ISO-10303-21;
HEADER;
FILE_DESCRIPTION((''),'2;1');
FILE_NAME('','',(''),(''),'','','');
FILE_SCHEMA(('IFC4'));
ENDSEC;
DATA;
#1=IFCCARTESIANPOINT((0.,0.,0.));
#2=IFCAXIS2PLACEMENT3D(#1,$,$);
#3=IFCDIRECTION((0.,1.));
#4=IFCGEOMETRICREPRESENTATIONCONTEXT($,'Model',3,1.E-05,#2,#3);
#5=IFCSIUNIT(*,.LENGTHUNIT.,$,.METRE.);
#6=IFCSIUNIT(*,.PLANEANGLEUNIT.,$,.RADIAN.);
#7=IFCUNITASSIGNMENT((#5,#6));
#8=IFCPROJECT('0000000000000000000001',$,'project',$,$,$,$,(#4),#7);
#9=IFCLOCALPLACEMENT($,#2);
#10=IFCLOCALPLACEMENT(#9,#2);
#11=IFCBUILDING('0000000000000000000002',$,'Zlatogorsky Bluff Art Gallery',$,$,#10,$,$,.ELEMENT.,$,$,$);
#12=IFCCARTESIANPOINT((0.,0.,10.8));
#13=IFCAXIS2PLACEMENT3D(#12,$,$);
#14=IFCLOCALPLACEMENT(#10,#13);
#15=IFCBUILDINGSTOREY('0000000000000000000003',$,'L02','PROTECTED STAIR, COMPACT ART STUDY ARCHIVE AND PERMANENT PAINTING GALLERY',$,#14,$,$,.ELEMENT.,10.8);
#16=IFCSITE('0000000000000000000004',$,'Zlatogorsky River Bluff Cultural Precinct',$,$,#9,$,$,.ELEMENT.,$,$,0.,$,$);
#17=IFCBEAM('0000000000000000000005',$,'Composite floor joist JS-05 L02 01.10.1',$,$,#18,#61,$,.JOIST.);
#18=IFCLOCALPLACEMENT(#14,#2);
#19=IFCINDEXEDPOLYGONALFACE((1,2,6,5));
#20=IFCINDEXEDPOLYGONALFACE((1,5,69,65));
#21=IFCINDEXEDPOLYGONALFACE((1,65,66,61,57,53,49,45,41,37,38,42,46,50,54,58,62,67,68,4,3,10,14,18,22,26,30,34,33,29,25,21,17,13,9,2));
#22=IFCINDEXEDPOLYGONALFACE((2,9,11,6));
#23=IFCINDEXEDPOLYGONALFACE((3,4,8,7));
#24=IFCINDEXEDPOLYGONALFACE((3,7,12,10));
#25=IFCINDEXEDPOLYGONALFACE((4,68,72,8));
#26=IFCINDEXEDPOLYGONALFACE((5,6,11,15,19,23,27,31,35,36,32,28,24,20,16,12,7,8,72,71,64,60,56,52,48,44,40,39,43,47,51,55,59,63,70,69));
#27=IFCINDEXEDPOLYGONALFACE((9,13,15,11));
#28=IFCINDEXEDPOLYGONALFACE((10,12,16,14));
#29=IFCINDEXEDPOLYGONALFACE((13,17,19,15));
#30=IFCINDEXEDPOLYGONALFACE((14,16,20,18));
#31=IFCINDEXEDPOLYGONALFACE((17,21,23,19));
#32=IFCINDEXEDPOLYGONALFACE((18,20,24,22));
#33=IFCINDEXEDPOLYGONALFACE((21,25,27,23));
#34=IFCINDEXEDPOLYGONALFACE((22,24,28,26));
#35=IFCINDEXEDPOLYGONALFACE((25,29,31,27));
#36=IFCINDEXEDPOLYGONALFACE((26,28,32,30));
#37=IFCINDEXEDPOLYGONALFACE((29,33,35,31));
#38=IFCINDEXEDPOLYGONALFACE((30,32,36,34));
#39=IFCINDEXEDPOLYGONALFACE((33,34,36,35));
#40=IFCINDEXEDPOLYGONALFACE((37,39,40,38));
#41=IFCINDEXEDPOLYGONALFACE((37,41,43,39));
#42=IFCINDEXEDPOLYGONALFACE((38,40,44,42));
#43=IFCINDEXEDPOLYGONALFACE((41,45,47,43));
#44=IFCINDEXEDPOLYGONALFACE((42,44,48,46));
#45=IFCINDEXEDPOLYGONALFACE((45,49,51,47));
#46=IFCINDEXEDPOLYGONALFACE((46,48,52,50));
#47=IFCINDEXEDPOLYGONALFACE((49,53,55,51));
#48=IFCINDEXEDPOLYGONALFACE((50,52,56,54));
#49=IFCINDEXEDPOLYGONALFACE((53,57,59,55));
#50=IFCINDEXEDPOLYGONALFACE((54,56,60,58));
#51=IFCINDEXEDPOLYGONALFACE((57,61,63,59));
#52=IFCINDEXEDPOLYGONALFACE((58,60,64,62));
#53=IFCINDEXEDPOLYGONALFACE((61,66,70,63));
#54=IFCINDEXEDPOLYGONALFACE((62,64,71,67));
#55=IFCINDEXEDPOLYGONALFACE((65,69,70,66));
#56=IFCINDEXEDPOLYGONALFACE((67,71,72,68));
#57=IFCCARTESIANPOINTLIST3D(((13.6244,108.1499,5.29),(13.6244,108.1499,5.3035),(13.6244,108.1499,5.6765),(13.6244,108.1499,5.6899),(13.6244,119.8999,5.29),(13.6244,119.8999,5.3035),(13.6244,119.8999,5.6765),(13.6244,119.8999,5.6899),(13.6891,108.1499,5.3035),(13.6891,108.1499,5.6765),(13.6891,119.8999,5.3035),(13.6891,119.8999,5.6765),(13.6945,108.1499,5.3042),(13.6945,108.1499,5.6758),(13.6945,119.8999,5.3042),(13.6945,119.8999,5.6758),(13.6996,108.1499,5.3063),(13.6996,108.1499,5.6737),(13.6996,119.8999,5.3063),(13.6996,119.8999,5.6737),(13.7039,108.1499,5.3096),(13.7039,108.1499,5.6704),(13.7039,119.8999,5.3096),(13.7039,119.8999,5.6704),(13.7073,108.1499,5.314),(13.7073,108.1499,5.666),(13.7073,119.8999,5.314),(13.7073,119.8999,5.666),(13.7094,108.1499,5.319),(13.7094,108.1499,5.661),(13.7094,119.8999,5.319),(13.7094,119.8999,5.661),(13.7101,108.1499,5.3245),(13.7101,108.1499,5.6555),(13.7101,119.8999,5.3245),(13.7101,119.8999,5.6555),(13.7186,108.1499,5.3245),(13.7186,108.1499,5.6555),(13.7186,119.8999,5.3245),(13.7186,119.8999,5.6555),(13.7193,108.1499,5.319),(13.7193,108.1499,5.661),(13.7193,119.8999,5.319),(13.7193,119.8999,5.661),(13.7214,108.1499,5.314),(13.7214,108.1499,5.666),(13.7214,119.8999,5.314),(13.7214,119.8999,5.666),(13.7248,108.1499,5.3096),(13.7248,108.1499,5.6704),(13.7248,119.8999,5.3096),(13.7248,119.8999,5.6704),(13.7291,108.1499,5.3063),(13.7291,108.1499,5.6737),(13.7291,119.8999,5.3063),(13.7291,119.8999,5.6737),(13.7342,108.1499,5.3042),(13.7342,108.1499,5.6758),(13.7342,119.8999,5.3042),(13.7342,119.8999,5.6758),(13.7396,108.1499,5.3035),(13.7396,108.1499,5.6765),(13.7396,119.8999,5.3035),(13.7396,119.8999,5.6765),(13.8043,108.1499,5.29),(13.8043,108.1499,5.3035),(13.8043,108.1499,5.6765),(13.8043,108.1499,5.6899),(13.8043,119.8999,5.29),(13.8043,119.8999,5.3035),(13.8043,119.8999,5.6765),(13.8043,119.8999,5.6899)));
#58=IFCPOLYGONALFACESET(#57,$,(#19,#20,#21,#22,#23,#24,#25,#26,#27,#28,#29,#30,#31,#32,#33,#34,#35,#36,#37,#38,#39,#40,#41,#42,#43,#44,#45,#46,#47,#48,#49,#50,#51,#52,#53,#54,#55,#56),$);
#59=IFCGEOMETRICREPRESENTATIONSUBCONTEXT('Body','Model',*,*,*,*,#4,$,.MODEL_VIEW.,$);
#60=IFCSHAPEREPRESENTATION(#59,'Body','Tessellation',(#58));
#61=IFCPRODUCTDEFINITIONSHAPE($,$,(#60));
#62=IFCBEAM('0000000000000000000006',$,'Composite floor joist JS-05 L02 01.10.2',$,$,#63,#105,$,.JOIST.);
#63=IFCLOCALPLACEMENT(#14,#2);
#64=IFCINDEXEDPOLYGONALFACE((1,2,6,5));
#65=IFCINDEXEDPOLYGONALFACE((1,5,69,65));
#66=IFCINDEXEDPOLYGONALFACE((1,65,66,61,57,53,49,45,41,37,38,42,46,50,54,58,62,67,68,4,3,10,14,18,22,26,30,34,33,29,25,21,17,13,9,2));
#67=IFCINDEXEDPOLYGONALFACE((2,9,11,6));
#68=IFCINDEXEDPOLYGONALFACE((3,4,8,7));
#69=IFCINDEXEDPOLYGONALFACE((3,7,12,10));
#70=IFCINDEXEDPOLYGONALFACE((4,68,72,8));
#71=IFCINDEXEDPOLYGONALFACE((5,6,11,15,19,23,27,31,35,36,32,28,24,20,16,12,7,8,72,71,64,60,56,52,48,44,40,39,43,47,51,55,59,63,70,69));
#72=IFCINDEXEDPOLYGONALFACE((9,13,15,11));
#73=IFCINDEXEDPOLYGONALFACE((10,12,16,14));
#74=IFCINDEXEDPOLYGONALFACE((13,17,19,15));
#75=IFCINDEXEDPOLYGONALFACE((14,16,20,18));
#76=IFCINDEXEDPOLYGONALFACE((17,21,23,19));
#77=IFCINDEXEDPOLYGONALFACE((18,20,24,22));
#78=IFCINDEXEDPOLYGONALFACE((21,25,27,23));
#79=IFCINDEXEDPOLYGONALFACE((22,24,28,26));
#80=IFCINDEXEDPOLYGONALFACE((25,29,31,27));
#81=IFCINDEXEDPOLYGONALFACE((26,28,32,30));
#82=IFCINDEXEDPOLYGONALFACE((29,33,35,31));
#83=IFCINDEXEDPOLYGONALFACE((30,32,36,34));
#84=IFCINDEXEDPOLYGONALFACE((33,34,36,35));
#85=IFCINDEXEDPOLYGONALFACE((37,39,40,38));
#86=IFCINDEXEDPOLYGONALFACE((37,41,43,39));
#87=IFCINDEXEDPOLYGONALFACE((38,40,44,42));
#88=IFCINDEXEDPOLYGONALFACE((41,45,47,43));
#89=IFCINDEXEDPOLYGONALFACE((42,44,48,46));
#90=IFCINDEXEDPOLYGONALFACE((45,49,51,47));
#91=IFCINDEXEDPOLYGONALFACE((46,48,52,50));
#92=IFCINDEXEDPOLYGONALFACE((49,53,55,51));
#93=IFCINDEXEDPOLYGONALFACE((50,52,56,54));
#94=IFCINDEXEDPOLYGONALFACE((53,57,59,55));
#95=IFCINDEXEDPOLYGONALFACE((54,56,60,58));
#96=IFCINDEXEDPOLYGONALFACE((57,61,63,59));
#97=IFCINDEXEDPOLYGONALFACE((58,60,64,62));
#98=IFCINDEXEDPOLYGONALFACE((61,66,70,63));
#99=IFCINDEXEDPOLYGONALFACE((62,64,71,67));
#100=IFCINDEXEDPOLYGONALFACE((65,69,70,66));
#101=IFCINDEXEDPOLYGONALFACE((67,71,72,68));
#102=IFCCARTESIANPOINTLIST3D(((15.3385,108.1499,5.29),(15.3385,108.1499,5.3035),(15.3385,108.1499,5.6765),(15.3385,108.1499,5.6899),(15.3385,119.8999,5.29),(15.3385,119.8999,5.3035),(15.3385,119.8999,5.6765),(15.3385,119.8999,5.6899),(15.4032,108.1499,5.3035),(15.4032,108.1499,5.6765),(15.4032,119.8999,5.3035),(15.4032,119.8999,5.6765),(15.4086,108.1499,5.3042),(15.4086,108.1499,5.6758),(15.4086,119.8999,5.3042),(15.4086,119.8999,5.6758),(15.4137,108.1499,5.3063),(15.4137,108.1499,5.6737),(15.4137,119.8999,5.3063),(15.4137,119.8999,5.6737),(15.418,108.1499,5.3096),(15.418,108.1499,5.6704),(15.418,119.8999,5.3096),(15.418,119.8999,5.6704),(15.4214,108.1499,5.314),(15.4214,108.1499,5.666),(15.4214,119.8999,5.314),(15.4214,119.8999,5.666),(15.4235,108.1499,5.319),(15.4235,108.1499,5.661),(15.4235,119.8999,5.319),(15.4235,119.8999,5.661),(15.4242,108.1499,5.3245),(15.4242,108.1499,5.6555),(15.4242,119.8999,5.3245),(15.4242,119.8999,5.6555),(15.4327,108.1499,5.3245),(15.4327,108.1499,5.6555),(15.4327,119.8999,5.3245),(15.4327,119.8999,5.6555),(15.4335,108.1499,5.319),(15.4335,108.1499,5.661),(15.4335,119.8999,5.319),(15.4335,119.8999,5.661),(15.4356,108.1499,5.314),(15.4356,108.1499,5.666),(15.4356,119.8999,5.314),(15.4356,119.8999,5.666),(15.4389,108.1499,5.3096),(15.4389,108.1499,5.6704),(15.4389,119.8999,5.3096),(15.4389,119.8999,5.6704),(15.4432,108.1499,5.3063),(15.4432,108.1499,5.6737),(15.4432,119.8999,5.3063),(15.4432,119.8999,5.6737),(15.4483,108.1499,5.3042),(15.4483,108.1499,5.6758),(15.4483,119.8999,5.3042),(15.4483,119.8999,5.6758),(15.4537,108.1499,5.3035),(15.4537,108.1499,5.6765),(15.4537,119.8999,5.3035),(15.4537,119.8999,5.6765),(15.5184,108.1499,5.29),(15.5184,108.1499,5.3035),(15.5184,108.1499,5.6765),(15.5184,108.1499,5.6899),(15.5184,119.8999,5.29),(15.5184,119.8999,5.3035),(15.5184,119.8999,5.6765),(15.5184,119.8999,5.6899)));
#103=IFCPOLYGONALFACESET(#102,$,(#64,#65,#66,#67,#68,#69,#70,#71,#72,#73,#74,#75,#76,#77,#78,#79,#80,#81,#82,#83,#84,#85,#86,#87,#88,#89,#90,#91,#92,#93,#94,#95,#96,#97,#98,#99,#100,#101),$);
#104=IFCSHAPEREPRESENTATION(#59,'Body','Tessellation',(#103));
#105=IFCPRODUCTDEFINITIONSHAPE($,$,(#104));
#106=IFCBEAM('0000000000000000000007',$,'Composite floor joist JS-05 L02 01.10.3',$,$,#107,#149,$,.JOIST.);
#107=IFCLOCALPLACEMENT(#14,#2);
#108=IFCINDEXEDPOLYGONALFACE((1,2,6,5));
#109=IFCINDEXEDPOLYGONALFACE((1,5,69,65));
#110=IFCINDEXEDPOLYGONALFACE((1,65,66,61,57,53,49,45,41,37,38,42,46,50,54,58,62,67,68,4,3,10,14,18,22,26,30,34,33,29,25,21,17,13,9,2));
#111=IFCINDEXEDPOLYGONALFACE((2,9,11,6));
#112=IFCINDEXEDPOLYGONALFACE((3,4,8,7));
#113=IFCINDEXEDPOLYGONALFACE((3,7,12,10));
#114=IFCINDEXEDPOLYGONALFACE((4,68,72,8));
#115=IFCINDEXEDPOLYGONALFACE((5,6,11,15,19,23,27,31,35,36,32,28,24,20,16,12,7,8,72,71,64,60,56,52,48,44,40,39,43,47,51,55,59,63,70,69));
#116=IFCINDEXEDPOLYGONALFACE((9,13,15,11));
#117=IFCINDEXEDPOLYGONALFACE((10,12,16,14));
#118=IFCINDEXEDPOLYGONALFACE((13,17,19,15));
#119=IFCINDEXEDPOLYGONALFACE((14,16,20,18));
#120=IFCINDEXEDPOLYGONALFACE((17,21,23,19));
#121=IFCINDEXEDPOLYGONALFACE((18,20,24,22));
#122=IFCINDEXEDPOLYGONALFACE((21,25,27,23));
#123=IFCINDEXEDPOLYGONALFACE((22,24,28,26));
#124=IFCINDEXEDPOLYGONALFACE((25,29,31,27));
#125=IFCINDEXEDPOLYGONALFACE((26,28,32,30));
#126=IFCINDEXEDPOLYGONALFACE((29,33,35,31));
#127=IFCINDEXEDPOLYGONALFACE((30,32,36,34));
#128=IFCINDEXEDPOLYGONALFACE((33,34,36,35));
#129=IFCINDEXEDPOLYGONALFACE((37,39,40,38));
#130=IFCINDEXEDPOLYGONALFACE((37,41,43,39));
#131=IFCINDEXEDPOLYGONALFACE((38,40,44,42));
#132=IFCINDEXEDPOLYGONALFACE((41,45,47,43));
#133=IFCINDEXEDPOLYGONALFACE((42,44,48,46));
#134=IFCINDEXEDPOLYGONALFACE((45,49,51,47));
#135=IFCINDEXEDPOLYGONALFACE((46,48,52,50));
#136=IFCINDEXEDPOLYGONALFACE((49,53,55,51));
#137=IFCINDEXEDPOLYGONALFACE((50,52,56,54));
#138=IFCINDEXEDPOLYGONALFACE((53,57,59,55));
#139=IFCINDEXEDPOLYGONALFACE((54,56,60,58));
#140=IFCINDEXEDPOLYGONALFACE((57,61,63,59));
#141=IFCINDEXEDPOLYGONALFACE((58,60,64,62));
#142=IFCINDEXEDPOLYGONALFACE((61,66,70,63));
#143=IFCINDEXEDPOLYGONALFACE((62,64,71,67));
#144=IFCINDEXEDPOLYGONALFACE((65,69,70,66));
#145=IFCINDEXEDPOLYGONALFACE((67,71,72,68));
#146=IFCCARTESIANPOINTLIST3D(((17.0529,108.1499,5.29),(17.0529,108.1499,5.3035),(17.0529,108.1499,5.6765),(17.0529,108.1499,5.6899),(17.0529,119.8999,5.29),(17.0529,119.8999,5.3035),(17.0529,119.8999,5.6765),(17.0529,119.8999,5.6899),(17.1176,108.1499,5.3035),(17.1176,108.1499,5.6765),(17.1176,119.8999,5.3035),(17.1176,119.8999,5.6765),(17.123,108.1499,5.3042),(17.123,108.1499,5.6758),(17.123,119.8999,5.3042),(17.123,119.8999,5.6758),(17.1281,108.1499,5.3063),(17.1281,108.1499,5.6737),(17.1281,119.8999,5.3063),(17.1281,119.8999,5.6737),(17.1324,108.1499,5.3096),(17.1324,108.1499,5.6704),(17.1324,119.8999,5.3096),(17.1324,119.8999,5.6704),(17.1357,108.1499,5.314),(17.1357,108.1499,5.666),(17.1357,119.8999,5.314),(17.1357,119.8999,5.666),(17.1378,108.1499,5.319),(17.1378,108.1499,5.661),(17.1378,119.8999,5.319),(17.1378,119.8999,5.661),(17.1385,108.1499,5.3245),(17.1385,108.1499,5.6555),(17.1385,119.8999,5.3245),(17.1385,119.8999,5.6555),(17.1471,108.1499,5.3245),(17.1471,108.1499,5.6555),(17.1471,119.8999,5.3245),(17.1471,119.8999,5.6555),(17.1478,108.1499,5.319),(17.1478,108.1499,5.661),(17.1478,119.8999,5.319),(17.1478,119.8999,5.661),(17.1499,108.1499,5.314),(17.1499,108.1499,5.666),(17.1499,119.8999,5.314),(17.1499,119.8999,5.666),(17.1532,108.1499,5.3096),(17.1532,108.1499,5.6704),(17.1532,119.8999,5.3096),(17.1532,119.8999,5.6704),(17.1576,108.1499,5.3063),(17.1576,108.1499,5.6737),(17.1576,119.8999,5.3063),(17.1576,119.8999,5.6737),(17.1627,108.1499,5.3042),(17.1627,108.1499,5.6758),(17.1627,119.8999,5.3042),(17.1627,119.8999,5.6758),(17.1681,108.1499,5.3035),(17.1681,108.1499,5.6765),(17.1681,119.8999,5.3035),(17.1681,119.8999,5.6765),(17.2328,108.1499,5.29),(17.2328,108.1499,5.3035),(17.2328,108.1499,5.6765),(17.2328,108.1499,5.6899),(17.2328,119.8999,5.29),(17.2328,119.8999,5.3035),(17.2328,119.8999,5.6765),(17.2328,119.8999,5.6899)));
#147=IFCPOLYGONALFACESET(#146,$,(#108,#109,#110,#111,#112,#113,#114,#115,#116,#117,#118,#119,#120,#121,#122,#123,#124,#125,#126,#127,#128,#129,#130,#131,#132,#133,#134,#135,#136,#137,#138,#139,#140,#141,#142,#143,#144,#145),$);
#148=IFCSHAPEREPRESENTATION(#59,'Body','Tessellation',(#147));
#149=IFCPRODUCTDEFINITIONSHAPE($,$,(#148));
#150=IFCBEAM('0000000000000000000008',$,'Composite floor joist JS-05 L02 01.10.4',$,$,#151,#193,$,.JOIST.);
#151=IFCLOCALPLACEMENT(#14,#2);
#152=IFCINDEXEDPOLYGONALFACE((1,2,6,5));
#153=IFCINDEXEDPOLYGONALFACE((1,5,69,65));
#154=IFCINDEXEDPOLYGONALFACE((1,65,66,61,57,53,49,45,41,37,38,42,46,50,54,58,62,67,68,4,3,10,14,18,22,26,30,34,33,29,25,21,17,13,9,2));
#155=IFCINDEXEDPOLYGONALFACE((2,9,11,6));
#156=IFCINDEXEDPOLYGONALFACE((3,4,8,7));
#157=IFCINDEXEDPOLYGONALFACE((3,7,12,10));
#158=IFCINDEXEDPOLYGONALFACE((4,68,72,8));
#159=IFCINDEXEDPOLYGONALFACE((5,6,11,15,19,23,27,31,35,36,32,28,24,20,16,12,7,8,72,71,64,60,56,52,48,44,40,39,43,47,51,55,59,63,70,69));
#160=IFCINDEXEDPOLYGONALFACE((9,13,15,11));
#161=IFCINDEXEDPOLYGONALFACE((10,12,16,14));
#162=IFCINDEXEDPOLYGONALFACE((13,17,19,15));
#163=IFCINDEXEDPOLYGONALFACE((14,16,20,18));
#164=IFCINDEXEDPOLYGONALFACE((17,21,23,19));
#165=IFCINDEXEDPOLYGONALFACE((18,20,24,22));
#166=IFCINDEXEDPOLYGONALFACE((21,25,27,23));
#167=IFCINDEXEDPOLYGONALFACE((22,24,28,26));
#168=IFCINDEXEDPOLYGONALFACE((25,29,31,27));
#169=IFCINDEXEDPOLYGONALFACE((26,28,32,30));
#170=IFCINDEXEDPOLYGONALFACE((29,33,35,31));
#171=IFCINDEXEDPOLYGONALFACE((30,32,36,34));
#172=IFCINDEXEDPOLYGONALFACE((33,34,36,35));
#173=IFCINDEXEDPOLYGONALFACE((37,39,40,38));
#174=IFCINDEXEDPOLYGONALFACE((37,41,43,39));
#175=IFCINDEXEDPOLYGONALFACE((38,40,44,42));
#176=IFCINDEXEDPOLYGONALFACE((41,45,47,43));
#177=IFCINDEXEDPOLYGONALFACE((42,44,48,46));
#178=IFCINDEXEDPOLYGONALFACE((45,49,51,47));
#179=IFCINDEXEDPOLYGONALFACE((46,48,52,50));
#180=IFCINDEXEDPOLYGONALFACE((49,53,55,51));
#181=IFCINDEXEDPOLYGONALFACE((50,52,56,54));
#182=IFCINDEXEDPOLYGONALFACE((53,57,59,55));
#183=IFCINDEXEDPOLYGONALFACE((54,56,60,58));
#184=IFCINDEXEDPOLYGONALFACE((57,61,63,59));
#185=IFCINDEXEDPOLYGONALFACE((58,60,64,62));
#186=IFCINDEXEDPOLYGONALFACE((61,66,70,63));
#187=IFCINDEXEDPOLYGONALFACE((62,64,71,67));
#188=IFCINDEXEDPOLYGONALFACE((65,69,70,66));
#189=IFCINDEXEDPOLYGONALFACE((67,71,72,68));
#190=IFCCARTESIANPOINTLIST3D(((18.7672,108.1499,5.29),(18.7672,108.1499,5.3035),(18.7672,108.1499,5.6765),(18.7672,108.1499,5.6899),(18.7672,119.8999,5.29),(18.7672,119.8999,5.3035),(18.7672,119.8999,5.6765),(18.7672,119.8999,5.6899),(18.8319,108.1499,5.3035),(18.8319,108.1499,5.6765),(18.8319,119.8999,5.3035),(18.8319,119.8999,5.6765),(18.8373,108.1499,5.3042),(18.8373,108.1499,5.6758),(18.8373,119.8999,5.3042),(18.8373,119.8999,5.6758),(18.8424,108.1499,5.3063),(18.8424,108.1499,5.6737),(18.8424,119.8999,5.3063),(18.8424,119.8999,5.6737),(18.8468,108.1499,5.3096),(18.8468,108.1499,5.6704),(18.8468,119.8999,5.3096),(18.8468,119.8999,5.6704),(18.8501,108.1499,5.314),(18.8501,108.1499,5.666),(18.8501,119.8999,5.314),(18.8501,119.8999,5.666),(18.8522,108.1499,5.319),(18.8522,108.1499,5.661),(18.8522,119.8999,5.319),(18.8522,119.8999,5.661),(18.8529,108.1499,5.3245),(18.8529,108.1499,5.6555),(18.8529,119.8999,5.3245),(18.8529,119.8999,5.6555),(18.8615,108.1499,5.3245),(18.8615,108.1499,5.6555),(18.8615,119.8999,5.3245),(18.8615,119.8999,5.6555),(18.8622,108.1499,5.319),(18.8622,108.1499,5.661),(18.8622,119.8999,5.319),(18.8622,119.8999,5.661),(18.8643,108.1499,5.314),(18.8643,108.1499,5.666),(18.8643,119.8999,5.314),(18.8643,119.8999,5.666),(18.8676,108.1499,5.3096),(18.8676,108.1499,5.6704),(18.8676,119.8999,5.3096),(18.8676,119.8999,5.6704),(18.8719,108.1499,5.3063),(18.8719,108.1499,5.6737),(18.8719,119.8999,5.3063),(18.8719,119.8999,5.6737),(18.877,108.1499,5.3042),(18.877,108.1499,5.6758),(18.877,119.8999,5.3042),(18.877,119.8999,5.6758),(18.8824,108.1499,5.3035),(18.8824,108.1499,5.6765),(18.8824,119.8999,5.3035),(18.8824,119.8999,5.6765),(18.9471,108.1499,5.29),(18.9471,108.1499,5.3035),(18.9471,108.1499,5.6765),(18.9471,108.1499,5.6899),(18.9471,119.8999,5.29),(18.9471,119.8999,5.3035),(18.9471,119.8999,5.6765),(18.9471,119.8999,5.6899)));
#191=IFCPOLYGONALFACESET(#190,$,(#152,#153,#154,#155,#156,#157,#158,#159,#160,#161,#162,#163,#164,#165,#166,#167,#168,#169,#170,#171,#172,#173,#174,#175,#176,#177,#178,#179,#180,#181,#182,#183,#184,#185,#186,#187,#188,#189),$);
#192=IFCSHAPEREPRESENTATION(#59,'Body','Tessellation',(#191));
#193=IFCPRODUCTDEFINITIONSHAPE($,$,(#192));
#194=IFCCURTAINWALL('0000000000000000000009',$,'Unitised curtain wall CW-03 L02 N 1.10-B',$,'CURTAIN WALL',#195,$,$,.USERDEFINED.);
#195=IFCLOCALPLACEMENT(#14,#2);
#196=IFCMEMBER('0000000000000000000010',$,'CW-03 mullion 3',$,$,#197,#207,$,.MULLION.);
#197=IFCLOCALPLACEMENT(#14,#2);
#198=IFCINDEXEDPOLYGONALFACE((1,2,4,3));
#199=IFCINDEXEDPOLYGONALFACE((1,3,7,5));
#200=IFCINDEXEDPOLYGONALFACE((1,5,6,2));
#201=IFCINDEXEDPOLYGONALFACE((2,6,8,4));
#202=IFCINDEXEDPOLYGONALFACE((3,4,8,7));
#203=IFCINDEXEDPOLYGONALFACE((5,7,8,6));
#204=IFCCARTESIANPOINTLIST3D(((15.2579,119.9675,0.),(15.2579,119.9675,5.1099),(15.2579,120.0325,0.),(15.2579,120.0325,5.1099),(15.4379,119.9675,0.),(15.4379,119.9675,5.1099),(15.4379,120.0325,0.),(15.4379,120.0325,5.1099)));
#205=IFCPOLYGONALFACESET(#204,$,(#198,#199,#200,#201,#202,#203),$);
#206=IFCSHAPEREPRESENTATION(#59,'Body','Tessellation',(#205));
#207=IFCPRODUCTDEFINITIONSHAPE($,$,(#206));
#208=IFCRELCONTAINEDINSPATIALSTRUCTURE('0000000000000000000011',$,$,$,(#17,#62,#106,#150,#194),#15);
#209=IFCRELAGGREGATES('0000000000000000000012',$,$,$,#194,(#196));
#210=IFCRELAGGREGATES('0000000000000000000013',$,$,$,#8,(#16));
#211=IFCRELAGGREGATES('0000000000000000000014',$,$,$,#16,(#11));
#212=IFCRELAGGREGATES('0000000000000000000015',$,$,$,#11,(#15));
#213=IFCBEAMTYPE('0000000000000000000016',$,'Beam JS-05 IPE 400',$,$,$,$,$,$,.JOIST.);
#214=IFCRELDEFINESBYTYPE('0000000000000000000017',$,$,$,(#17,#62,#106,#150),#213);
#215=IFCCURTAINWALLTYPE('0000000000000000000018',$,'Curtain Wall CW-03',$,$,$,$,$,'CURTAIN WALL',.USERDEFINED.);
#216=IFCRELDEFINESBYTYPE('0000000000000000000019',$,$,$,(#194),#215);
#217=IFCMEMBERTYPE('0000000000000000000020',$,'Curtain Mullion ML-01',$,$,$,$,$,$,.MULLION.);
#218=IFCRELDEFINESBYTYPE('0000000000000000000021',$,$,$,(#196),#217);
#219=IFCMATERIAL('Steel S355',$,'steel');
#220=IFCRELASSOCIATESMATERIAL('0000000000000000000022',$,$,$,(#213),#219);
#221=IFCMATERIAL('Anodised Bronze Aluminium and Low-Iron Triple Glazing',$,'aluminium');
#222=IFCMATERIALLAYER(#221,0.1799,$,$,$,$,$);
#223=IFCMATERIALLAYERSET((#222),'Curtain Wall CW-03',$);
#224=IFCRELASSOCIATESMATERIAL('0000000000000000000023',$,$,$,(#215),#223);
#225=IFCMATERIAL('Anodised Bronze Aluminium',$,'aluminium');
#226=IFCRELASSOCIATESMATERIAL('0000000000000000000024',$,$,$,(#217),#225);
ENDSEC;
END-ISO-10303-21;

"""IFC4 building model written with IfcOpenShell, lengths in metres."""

from ifc_helpers import new_model, si_unit, direction, frame, origin, origin_2d, place, context, subcontext, project, spatial, rectangle, i_section, extrude, material, layer, layer_set, material_profile, profile_set, type_object, element, aggregate, save


model = new_model("IFC4")

# Units and contexts
model_context = context("Model", 3, precision=1e-05, world=origin(), true_north=direction((0.0, 1.0)))
body_context = subcontext(model_context, "Body", "Model", "MODEL_VIEW")
ifc_project = project(units=[si_unit("LENGTHUNIT", "METRE"), si_unit("PLANEANGLEUNIT", "RADIAN")], contexts=[model_context])

# Site, building, storey
site_placement = place(None, origin())
site = spatial("IfcSite", under=ifc_project, at=site_placement, Name="Zlatogorsky River Bluff Cultural Precinct", CompositionType="ELEMENT", RefElevation=0.0)
building_placement = place(site_placement, origin())
building = spatial("IfcBuilding", under=site, at=building_placement, Name="Zlatogorsky Bluff Art Gallery", CompositionType="ELEMENT")
storey_placement = place(building_placement, frame((0.0, 0.0, 10.8)))
storey = spatial("IfcBuildingStorey", under=building, at=storey_placement, Name="L02", Description="PROTECTED STAIR, COMPACT ART STUDY ARCHIVE AND PERMANENT PAINTING GALLERY", CompositionType="ELEMENT", Elevation=10.8)

# Beams
ifc_material_1 = material(Name="Steel S355", Category="steel")
ifc_material_profile_1 = material_profile(ifc_material_1, i_section(OverallWidth=0.1799, OverallDepth=0.3999, WebThickness=0.0085, FlangeThickness=0.0134, FilletRadius=0.021, at=origin_2d()), Name="IPE 400")
ifc_profile_set_1 = profile_set([ifc_material_profile_1], Name="Steel S355")
beam_type = type_object("IfcBeamType", Name="Beam JS-05 IPE 400", PredefinedType="JOIST", material=ifc_profile_set_1)
for number, where, z_axis, x_axis, name in (
    (1, (13.7144, 108.1499, 5.49), (0.0, 1.0, 0.0), (-1.0, 0.0, 0.0), "Composite floor joist JS-05 L02 01.10.1"),
    (2, (15.4285, 108.1499, 5.49), (0.0, 1.0, 0.0), (-1.0, 0.0, 0.0), "Composite floor joist JS-05 L02 01.10.2"),
    (3, (17.1428, 108.1499, 5.49), (0.0, 1.0, 0.0), (-1.0, 0.0, 0.0), "Composite floor joist JS-05 L02 01.10.3"),
    (4, (18.8572, 108.1499, 5.49), (0.0, 1.0, 0.0), (-1.0, 0.0, 0.0), "Composite floor joist JS-05 L02 01.10.4"),
):
    element("IfcBeam", number, at=place(storey_placement, frame(where, z_axis=z_axis, x_axis=x_axis)), inside=storey, type_object=beam_type, Name=name, PredefinedType="JOIST", context=body_context, shape_type="SweptSolid", body=[
        extrude(i_section(OverallWidth=0.1799, OverallDepth=0.3999, WebThickness=0.0085, FlangeThickness=0.0134, FilletRadius=0.021, at=origin_2d()), origin(), (0.0, 0.0, 1.0), 11.75),
    ])

# Curtain wall, member
ifc_material_2 = material(Name="Anodised Bronze Aluminium and Low-Iron Triple Glazing", Category="aluminium")
ifc_layer_1 = layer(ifc_material_2, 0.1799)
ifc_layer_set_1 = layer_set([ifc_layer_1], Name="Curtain Wall CW-03")
curtain_wall_type = type_object("IfcCurtainWallType", Name="Curtain Wall CW-03", ElementType="CURTAIN WALL", PredefinedType="USERDEFINED", material=ifc_layer_set_1)
curtain_wall_placement = place(storey_placement, origin())
curtain_wall = element("IfcCurtainWall", 5, at=curtain_wall_placement, inside=storey, type_object=curtain_wall_type, Name="Unitised curtain wall CW-03 L02 N 1.10-B", ObjectType="CURTAIN WALL", PredefinedType="USERDEFINED")
ifc_material_3 = material(Name="Anodised Bronze Aluminium", Category="aluminium")
ifc_material_profile_2 = material_profile(ifc_material_3, rectangle(XDim=0.0649, YDim=0.1799, at=origin_2d()), Name="ALU MULLION 65x180")
ifc_profile_set_2 = profile_set([ifc_material_profile_2], Name="Anodised Bronze Aluminium")
member_type_1 = type_object("IfcMemberType", Name="Curtain Mullion ML-01", PredefinedType="MULLION", material=ifc_profile_set_2)
member_1_placement = place(storey_placement, frame((15.3479, 120.0, 0.0), z_axis=(0.0, 0.0, 1.0), x_axis=(0.0, -1.0, 0.0)))
member_1 = element("IfcMember", 6, at=member_1_placement, type_object=member_type_1, Name="CW-03 mullion 3", PredefinedType="MULLION", context=body_context, shape_type="SweptSolid", body=[
    extrude(rectangle(XDim=0.0649, YDim=0.1799, at=origin_2d()), origin(), (0.0, 0.0, 1.0), 5.1099),
])
aggregate(curtain_wall, [member_1])

save(model, "model.ifc")
